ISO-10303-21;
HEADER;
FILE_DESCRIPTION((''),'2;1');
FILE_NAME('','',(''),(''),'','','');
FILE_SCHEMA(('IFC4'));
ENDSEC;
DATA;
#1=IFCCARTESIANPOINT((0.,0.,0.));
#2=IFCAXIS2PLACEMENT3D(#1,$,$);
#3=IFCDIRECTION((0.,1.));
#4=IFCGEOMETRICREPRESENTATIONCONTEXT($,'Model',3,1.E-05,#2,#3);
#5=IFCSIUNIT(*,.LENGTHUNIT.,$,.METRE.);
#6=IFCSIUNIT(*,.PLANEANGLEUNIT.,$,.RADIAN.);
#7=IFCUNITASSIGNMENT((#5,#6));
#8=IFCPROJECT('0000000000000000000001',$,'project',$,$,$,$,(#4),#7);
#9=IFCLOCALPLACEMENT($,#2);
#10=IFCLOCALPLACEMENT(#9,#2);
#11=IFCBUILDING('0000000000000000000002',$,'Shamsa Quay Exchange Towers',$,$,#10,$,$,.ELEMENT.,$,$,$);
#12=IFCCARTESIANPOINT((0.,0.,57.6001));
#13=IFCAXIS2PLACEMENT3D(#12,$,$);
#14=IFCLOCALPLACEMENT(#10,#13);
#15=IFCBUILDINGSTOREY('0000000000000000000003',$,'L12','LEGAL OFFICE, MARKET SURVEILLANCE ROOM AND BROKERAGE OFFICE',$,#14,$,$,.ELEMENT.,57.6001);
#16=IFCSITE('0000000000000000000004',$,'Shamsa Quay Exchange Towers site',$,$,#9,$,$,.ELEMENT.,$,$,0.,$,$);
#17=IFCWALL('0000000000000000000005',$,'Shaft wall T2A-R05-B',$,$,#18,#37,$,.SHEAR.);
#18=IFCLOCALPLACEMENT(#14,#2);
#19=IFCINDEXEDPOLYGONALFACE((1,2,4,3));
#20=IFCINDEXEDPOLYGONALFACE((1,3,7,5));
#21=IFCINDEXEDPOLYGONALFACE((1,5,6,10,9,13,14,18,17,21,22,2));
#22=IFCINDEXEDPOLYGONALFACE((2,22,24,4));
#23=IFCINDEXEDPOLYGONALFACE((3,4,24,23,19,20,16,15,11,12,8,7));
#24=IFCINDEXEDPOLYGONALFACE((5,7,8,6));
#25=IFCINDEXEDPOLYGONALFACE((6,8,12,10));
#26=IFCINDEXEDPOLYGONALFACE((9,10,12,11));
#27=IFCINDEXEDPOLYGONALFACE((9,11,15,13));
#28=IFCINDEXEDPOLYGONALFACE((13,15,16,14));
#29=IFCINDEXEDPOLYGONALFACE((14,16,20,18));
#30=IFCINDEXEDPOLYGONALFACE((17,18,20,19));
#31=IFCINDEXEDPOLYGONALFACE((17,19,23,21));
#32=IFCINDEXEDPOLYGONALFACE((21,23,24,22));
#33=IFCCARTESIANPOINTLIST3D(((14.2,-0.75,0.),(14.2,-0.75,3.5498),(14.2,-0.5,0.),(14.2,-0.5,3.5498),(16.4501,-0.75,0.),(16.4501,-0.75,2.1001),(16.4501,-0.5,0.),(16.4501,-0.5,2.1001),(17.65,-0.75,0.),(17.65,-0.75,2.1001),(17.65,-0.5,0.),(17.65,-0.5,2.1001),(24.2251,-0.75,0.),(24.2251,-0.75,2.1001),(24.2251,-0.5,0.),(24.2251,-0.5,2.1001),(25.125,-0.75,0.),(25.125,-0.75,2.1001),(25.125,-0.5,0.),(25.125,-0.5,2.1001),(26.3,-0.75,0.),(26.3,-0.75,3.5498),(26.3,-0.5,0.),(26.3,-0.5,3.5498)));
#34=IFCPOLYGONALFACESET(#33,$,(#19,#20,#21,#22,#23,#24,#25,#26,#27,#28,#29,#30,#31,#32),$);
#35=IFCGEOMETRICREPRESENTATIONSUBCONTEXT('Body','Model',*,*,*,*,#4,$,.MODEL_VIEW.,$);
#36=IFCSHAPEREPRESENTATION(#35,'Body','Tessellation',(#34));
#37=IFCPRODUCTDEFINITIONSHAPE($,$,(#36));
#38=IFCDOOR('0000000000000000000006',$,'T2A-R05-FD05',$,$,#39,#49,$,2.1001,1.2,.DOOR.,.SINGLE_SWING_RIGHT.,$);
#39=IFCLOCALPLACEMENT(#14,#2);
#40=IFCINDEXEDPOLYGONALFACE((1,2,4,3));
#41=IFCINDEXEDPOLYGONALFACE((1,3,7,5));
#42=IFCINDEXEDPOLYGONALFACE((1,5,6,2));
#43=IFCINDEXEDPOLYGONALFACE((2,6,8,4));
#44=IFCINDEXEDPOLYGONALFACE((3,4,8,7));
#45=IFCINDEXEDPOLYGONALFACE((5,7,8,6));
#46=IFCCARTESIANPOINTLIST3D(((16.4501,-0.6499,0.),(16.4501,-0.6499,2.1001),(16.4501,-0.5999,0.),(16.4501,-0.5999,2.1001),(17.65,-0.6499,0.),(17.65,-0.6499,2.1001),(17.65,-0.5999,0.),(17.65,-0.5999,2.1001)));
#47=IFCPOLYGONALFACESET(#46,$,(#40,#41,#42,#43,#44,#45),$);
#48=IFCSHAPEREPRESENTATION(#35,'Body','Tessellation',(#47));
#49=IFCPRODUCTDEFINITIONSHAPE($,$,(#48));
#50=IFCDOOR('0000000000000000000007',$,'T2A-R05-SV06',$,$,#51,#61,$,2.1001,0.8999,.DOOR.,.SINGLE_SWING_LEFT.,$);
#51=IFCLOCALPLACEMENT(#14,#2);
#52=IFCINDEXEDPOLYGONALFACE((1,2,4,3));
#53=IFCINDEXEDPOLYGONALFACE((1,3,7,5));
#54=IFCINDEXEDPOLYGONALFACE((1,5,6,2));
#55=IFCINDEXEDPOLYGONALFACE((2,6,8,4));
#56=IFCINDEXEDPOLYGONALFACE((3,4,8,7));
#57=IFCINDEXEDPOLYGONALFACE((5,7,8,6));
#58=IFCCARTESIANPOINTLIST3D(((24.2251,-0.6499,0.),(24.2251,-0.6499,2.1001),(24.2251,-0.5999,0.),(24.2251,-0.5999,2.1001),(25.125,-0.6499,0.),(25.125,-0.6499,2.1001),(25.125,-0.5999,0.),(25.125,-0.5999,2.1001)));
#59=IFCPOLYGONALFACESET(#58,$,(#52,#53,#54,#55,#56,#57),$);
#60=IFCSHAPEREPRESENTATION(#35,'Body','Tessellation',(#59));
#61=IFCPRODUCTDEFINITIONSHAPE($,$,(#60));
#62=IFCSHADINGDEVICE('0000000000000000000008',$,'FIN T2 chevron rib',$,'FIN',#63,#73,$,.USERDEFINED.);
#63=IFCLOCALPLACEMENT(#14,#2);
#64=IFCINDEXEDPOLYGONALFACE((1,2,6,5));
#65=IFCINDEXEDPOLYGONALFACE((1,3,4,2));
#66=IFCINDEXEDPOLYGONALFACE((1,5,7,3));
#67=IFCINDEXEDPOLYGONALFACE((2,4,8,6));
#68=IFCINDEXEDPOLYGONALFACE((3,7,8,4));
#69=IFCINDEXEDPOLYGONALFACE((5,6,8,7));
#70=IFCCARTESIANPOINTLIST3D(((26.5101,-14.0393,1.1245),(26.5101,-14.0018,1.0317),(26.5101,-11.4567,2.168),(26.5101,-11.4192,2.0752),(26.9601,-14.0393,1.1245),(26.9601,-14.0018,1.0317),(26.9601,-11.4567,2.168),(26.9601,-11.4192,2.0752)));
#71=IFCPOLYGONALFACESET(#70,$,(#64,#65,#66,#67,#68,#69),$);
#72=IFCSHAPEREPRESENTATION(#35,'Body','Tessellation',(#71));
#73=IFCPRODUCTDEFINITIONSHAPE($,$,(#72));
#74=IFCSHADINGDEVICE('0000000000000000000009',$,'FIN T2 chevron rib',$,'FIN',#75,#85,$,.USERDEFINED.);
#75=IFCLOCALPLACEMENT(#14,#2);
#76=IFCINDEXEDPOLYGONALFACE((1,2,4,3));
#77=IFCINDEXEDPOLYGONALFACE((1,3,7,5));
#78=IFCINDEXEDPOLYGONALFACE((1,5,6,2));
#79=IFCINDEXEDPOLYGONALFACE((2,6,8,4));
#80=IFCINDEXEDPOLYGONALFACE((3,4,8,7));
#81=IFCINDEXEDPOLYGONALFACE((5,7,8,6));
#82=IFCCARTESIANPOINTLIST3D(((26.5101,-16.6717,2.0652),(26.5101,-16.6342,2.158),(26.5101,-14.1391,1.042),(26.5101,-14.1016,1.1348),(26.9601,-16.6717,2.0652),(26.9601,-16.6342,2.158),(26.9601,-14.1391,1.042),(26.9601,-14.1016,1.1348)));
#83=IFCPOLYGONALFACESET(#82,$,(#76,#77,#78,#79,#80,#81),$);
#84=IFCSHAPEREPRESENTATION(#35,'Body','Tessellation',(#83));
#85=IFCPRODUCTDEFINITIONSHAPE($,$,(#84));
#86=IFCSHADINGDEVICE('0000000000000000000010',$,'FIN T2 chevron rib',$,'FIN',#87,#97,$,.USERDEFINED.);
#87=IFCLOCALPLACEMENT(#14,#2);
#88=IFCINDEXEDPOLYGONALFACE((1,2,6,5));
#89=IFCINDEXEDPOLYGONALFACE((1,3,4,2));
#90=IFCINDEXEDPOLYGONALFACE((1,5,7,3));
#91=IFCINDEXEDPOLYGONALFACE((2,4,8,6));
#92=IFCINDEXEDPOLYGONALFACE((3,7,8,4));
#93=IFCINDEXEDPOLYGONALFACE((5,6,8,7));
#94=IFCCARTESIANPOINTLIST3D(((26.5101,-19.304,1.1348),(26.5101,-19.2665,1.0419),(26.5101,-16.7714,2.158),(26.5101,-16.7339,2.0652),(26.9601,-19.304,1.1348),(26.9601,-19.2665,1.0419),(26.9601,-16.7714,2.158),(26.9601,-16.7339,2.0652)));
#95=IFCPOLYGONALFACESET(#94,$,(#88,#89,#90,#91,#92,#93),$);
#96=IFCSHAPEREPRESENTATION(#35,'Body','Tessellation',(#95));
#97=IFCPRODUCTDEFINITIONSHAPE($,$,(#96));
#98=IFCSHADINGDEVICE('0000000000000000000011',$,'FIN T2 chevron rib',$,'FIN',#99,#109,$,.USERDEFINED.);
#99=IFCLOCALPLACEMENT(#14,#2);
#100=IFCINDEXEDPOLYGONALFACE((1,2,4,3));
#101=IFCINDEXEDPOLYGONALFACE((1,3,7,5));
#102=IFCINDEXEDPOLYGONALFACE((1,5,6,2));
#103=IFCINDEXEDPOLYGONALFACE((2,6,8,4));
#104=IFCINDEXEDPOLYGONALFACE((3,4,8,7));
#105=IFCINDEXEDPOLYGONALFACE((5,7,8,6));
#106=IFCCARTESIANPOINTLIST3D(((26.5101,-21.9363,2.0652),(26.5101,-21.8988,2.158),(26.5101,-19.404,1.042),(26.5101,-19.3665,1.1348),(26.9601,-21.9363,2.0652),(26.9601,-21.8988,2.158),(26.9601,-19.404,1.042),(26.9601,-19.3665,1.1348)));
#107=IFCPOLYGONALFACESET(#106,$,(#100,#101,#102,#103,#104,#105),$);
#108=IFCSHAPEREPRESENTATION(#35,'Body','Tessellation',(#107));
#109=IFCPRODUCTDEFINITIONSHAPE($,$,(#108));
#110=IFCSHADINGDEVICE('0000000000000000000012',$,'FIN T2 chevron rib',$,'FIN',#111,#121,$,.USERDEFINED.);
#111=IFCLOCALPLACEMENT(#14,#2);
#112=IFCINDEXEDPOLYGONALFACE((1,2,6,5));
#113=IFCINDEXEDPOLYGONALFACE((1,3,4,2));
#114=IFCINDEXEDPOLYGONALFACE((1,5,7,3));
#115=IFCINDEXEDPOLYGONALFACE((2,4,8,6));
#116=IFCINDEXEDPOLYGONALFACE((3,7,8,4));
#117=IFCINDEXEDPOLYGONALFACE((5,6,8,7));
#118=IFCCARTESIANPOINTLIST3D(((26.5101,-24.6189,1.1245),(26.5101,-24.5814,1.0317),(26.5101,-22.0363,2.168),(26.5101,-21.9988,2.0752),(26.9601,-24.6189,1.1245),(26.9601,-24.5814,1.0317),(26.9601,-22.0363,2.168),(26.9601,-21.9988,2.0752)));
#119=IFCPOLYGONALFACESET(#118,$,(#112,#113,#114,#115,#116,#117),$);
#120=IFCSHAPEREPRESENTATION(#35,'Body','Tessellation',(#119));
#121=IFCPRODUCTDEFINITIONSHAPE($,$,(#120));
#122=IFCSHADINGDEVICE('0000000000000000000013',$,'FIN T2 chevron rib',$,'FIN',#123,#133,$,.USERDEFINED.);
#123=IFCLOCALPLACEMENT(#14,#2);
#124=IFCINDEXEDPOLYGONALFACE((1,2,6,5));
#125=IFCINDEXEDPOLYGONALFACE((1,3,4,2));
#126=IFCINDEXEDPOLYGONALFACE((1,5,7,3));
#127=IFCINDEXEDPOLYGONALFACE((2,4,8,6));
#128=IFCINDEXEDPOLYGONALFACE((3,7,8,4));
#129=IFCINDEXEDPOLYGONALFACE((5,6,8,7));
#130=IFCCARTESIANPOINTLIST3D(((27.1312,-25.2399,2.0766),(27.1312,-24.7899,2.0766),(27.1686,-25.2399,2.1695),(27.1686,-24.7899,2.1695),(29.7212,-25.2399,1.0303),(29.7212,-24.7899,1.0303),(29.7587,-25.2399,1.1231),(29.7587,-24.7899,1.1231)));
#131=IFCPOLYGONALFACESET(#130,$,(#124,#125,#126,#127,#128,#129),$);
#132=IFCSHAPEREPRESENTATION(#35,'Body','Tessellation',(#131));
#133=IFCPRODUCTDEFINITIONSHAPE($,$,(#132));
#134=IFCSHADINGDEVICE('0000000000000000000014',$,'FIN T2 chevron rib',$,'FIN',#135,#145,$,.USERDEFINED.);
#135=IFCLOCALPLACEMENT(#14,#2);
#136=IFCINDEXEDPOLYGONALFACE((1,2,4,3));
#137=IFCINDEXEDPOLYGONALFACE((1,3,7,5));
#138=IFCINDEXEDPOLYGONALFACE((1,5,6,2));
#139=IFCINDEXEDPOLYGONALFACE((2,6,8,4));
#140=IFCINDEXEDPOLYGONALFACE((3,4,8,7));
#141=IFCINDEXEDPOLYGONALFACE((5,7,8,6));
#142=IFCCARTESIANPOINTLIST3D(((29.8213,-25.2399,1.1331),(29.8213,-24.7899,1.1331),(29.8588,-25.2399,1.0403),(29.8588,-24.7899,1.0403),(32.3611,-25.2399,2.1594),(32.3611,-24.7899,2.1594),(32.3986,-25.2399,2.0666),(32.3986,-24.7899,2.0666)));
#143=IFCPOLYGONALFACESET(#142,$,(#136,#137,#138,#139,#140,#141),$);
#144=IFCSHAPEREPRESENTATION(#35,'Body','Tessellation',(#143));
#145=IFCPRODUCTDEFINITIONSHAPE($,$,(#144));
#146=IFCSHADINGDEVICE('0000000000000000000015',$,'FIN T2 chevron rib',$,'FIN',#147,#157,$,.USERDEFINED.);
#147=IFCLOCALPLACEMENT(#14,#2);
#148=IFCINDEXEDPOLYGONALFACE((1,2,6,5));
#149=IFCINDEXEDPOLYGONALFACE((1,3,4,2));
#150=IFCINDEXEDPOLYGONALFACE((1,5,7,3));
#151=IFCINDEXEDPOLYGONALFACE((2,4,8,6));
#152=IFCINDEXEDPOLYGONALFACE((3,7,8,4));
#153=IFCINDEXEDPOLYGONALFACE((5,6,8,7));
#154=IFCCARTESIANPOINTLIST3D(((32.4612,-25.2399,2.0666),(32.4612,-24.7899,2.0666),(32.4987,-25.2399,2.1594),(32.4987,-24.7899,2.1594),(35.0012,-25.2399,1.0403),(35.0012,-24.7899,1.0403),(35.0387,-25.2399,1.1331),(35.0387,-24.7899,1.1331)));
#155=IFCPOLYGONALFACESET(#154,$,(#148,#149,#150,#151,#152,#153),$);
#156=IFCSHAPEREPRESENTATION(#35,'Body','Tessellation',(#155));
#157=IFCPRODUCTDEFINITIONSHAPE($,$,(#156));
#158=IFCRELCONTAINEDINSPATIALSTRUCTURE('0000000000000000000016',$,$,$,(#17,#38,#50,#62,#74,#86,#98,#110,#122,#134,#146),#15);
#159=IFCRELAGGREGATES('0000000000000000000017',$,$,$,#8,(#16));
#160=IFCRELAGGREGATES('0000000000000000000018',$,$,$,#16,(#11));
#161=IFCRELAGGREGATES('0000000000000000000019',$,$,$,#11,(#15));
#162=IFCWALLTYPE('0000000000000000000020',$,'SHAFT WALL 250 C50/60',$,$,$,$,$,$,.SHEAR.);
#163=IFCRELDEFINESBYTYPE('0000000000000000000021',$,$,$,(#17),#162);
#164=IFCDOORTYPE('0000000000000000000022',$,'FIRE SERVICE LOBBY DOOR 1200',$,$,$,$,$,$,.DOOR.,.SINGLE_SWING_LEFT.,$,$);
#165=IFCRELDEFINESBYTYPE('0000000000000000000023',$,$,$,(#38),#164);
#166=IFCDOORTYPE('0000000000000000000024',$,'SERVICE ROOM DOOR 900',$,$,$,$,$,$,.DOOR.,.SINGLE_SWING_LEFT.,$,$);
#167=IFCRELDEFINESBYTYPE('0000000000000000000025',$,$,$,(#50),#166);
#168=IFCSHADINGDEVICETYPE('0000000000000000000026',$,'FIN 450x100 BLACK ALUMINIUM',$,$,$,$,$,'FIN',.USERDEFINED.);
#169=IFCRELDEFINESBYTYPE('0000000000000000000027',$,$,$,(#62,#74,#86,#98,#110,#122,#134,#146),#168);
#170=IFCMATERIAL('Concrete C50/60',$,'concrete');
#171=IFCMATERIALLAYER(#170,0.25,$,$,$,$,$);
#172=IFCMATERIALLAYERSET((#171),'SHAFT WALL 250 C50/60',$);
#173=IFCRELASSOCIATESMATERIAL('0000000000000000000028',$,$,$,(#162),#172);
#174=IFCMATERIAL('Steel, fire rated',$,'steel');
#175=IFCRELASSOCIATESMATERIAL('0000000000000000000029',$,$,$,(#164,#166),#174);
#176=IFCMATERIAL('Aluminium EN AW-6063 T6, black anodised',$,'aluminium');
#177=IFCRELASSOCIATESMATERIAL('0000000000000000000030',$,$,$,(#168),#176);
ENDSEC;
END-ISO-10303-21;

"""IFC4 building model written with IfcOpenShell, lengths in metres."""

from ifc_helpers import new_model, si_unit, direction, frame, frame_2d, origin, origin_2d, place, context, subcontext, project, spatial, rectangle, extrude, material, layer, layer_set, material_profile, profile_set, type_object, element, fill, save


model = new_model("IFC4")

# Units and contexts
model_context = context("Model", 3, precision=1e-05, world=origin(), true_north=direction((0.0, 1.0)))
body_context = subcontext(model_context, "Body", "Model", "MODEL_VIEW")
ifc_project = project(units=[si_unit("LENGTHUNIT", "METRE"), si_unit("PLANEANGLEUNIT", "RADIAN")], contexts=[model_context])

# Site, building, storey
site_placement = place(None, origin())
site = spatial("IfcSite", under=ifc_project, at=site_placement, Name="Shamsa Quay Exchange Towers site", CompositionType="ELEMENT", RefElevation=0.0)
building_placement = place(site_placement, origin())
building = spatial("IfcBuilding", under=site, at=building_placement, Name="Shamsa Quay Exchange Towers", CompositionType="ELEMENT")
storey_placement = place(building_placement, frame((0.0, 0.0, 57.6001)))
storey = spatial("IfcBuildingStorey", under=building, at=storey_placement, Name="L12", Description="LEGAL OFFICE, MARKET SURVEILLANCE ROOM AND BROKERAGE OFFICE", CompositionType="ELEMENT", Elevation=57.6001)

# Shared definitions
ifc_material_1 = material(Name="Aluminium EN AW-6063 T6, black anodised", Category="aluminium")

# Shared definitions
ifc_material_2 = material(Name="Concrete C50/60", Category="concrete")
ifc_layer_1 = layer(ifc_material_2, 0.25)
ifc_layer_set_1 = layer_set([ifc_layer_1], Name="SHAFT WALL 250 C50/60")
wall_type_1 = type_object("IfcWallType", Name="SHAFT WALL 250 C50/60", PredefinedType="SHEAR", material=ifc_layer_set_1)
ifc_material_3 = material(Name="Steel, fire rated", Category="steel")

# Wall, openings, doors
wall_1_placement = place(storey_placement, frame((26.3, -0.625, 0.0), z_axis=(0.0, 0.0, 1.0), x_axis=(-1.0, 0.0, 0.0)))
wall_1 = element("IfcWall", 1, at=wall_1_placement, inside=storey, type_object=wall_type_1, Name="Shaft wall T2A-R05-B", PredefinedType="SHEAR", context=body_context, shape_type="SweptSolid", body=[
    extrude(rectangle(XDim=12.1001, YDim=0.25, at=frame_2d((6.05, 0.0))), origin(), (0.0, 0.0, 1.0), 3.5498),
])
opening_1_placement = place(wall_1_placement, frame((8.6499, 0.0, 0.0)))
opening_1 = element("IfcOpeningElement", 2, at=opening_1_placement, cuts=wall_1, PredefinedType="OPENING", context=body_context, shape_type="SweptSolid", body=[
    extrude(rectangle(XDim=1.2, YDim=2.1001, at=frame_2d((0.6001, 1.05))), frame((0.0, 0.135, 0.0), z_axis=(0.0, -1.0, 0.0), x_axis=(1.0, 0.0, 0.0)), (0.0, 0.0, 1.0), 0.27),
])
opening_2_placement = place(wall_1_placement, frame((1.175, 0.0, 0.0)))
opening_2 = element("IfcOpeningElement", 3, at=opening_2_placement, cuts=wall_1, PredefinedType="OPENING", context=body_context, shape_type="SweptSolid", body=[
    extrude(rectangle(XDim=0.8999, YDim=2.1001, at=frame_2d((0.45, 1.05))), frame((0.0, 0.135, 0.0), z_axis=(0.0, -1.0, 0.0), x_axis=(1.0, 0.0, 0.0)), (0.0, 0.0, 1.0), 0.27),
])
door_type_1 = type_object("IfcDoorType", Name="FIRE SERVICE LOBBY DOOR 1200", OperationType="SINGLE_SWING_LEFT", PredefinedType="DOOR", material=ifc_material_3)
door_1_placement = place(opening_1_placement, origin())
door_1 = element("IfcDoor", 4, at=door_1_placement, inside=storey, type_object=door_type_1, Name="T2A-R05-FD05", OperationType="SINGLE_SWING_RIGHT", OverallHeight=2.1001, OverallWidth=1.2, PredefinedType="DOOR", context=body_context, shape_type="SweptSolid", body=[
    extrude(rectangle(XDim=1.2, YDim=2.1001, at=frame_2d((0.6001, 1.05))), frame((0.0, 0.0249, 0.0), z_axis=(0.0, -1.0, 0.0), x_axis=(1.0, 0.0, 0.0)), (0.0, 0.0, 1.0), 0.05),
])
fill(opening_1, door_1)
door_type_2 = type_object("IfcDoorType", Name="SERVICE ROOM DOOR 900", OperationType="SINGLE_SWING_LEFT", PredefinedType="DOOR", material=ifc_material_3)
door_2_placement = place(opening_2_placement, origin())
door_2 = element("IfcDoor", 5, at=door_2_placement, inside=storey, type_object=door_type_2, Name="T2A-R05-SV06", OperationType="SINGLE_SWING_LEFT", OverallHeight=2.1001, OverallWidth=0.8999, PredefinedType="DOOR", context=body_context, shape_type="SweptSolid", body=[
    extrude(rectangle(XDim=0.8999, YDim=2.1001, at=frame_2d((0.45, 1.05))), frame((0.0, 0.0249, 0.0), z_axis=(0.0, -1.0, 0.0), x_axis=(1.0, 0.0, 0.0)), (0.0, 0.0, 1.0), 0.05),
])
fill(opening_2, door_2)

# Shading devices
ifc_material_profile_1 = material_profile(ifc_material_1, rectangle(XDim=0.45, YDim=0.1001, at=origin_2d()), Name="FIN450x100")
ifc_profile_set_1 = profile_set([ifc_material_profile_1], Name="Aluminium EN AW-6063 T6, black anodised")
shading_device_type = type_object("IfcShadingDeviceType", Name="FIN 450x100 BLACK ALUMINIUM", ElementType="FIN", PredefinedType="USERDEFINED", material=ifc_profile_set_1)
shading_device_1_placement = place(storey_placement, frame((26.7351, -11.438, 2.1216), z_axis=(0.0, -0.927177, -0.374622), x_axis=(1.0, 0.0, 0.0)))
element("IfcShadingDevice", 6, at=shading_device_1_placement, inside=storey, type_object=shading_device_type, Name="FIN T2 chevron rib", ObjectType="FIN", PredefinedType="USERDEFINED", context=body_context, shape_type="SweptSolid", body=[
    extrude(rectangle(XDim=0.45, YDim=0.1001, at=origin_2d()), origin(), (0.0, 0.0, 1.0), 2.7854),
])
for number, where, z_axis, x_axis, name in (
    (7, (26.7351, -14.1204, 1.0884), (0.0, -0.927183, 0.374609), (1.0, 0.0, 0.0), "FIN T2 chevron rib"),
    (8, (26.7351, -16.7527, 2.1116), (0.0, -0.927183, -0.374609), (1.0, 0.0, 0.0), "FIN T2 chevron rib"),
):
    element("IfcShadingDevice", number, at=place(storey_placement, frame(where, z_axis=z_axis, x_axis=x_axis)), inside=storey, type_object=shading_device_type, Name=name, ObjectType="FIN", PredefinedType="USERDEFINED", context=body_context, shape_type="SweptSolid", body=[
        extrude(rectangle(XDim=0.45, YDim=0.1001, at=origin_2d()), origin(), (0.0, 0.0, 1.0), 2.7314),
    ])
shading_device_2_placement = place(storey_placement, frame((26.7351, -19.3853, 1.0884), z_axis=(0.0, -0.92717, 0.37464), x_axis=(1.0, 0.0, 0.0)))
element("IfcShadingDevice", 9, at=shading_device_2_placement, inside=storey, type_object=shading_device_type, Name="FIN T2 chevron rib", ObjectType="FIN", PredefinedType="USERDEFINED", context=body_context, shape_type="SweptSolid", body=[
    extrude(rectangle(XDim=0.45, YDim=0.1001, at=origin_2d()), origin(), (0.0, 0.0, 1.0), 2.7312),
])
shading_device_3_placement = place(storey_placement, frame((26.7351, -22.0176, 2.1216), z_axis=(0.0, -0.927177, -0.374622), x_axis=(1.0, 0.0, 0.0)))
element("IfcShadingDevice", 10, at=shading_device_3_placement, inside=storey, type_object=shading_device_type, Name="FIN T2 chevron rib", ObjectType="FIN", PredefinedType="USERDEFINED", context=body_context, shape_type="SweptSolid", body=[
    extrude(rectangle(XDim=0.45, YDim=0.1001, at=origin_2d()), origin(), (0.0, 0.0, 1.0), 2.7854),
])
shading_device_4_placement = place(storey_placement, frame((27.1499, -25.0149, 2.123), z_axis=(0.927193, 0.0, -0.374583), x_axis=(0.0, 1.0, 0.0)))
element("IfcShadingDevice", 11, at=shading_device_4_placement, inside=storey, type_object=shading_device_type, Name="FIN T2 chevron rib", ObjectType="FIN", PredefinedType="USERDEFINED", context=body_context, shape_type="SweptSolid", body=[
    extrude(rectangle(XDim=0.45, YDim=0.1001, at=origin_2d()), origin(), (0.0, 0.0, 1.0), 2.7935),
])
shading_device_5_placement = place(storey_placement, frame((29.8401, -25.0149, 1.0867), z_axis=(0.927156, 0.0, 0.374677), x_axis=(0.0, 1.0, 0.0)))
element("IfcShadingDevice", 12, at=shading_device_5_placement, inside=storey, type_object=shading_device_type, Name="FIN T2 chevron rib", ObjectType="FIN", PredefinedType="USERDEFINED", context=body_context, shape_type="SweptSolid", body=[
    extrude(rectangle(XDim=0.45, YDim=0.1001, at=origin_2d()), origin(), (0.0, 0.0, 1.0), 2.7393),
])
shading_device_6_placement = place(storey_placement, frame((32.48, -25.0149, 2.113), z_axis=(0.927168, 0.0, -0.374646), x_axis=(0.0, 1.0, 0.0)))
element("IfcShadingDevice", 13, at=shading_device_6_placement, inside=storey, type_object=shading_device_type, Name="FIN T2 chevron rib", ObjectType="FIN", PredefinedType="USERDEFINED", context=body_context, shape_type="SweptSolid", body=[
    extrude(rectangle(XDim=0.45, YDim=0.1001, at=origin_2d()), origin(), (0.0, 0.0, 1.0), 2.7395),
])

save(model, "model.ifc")
